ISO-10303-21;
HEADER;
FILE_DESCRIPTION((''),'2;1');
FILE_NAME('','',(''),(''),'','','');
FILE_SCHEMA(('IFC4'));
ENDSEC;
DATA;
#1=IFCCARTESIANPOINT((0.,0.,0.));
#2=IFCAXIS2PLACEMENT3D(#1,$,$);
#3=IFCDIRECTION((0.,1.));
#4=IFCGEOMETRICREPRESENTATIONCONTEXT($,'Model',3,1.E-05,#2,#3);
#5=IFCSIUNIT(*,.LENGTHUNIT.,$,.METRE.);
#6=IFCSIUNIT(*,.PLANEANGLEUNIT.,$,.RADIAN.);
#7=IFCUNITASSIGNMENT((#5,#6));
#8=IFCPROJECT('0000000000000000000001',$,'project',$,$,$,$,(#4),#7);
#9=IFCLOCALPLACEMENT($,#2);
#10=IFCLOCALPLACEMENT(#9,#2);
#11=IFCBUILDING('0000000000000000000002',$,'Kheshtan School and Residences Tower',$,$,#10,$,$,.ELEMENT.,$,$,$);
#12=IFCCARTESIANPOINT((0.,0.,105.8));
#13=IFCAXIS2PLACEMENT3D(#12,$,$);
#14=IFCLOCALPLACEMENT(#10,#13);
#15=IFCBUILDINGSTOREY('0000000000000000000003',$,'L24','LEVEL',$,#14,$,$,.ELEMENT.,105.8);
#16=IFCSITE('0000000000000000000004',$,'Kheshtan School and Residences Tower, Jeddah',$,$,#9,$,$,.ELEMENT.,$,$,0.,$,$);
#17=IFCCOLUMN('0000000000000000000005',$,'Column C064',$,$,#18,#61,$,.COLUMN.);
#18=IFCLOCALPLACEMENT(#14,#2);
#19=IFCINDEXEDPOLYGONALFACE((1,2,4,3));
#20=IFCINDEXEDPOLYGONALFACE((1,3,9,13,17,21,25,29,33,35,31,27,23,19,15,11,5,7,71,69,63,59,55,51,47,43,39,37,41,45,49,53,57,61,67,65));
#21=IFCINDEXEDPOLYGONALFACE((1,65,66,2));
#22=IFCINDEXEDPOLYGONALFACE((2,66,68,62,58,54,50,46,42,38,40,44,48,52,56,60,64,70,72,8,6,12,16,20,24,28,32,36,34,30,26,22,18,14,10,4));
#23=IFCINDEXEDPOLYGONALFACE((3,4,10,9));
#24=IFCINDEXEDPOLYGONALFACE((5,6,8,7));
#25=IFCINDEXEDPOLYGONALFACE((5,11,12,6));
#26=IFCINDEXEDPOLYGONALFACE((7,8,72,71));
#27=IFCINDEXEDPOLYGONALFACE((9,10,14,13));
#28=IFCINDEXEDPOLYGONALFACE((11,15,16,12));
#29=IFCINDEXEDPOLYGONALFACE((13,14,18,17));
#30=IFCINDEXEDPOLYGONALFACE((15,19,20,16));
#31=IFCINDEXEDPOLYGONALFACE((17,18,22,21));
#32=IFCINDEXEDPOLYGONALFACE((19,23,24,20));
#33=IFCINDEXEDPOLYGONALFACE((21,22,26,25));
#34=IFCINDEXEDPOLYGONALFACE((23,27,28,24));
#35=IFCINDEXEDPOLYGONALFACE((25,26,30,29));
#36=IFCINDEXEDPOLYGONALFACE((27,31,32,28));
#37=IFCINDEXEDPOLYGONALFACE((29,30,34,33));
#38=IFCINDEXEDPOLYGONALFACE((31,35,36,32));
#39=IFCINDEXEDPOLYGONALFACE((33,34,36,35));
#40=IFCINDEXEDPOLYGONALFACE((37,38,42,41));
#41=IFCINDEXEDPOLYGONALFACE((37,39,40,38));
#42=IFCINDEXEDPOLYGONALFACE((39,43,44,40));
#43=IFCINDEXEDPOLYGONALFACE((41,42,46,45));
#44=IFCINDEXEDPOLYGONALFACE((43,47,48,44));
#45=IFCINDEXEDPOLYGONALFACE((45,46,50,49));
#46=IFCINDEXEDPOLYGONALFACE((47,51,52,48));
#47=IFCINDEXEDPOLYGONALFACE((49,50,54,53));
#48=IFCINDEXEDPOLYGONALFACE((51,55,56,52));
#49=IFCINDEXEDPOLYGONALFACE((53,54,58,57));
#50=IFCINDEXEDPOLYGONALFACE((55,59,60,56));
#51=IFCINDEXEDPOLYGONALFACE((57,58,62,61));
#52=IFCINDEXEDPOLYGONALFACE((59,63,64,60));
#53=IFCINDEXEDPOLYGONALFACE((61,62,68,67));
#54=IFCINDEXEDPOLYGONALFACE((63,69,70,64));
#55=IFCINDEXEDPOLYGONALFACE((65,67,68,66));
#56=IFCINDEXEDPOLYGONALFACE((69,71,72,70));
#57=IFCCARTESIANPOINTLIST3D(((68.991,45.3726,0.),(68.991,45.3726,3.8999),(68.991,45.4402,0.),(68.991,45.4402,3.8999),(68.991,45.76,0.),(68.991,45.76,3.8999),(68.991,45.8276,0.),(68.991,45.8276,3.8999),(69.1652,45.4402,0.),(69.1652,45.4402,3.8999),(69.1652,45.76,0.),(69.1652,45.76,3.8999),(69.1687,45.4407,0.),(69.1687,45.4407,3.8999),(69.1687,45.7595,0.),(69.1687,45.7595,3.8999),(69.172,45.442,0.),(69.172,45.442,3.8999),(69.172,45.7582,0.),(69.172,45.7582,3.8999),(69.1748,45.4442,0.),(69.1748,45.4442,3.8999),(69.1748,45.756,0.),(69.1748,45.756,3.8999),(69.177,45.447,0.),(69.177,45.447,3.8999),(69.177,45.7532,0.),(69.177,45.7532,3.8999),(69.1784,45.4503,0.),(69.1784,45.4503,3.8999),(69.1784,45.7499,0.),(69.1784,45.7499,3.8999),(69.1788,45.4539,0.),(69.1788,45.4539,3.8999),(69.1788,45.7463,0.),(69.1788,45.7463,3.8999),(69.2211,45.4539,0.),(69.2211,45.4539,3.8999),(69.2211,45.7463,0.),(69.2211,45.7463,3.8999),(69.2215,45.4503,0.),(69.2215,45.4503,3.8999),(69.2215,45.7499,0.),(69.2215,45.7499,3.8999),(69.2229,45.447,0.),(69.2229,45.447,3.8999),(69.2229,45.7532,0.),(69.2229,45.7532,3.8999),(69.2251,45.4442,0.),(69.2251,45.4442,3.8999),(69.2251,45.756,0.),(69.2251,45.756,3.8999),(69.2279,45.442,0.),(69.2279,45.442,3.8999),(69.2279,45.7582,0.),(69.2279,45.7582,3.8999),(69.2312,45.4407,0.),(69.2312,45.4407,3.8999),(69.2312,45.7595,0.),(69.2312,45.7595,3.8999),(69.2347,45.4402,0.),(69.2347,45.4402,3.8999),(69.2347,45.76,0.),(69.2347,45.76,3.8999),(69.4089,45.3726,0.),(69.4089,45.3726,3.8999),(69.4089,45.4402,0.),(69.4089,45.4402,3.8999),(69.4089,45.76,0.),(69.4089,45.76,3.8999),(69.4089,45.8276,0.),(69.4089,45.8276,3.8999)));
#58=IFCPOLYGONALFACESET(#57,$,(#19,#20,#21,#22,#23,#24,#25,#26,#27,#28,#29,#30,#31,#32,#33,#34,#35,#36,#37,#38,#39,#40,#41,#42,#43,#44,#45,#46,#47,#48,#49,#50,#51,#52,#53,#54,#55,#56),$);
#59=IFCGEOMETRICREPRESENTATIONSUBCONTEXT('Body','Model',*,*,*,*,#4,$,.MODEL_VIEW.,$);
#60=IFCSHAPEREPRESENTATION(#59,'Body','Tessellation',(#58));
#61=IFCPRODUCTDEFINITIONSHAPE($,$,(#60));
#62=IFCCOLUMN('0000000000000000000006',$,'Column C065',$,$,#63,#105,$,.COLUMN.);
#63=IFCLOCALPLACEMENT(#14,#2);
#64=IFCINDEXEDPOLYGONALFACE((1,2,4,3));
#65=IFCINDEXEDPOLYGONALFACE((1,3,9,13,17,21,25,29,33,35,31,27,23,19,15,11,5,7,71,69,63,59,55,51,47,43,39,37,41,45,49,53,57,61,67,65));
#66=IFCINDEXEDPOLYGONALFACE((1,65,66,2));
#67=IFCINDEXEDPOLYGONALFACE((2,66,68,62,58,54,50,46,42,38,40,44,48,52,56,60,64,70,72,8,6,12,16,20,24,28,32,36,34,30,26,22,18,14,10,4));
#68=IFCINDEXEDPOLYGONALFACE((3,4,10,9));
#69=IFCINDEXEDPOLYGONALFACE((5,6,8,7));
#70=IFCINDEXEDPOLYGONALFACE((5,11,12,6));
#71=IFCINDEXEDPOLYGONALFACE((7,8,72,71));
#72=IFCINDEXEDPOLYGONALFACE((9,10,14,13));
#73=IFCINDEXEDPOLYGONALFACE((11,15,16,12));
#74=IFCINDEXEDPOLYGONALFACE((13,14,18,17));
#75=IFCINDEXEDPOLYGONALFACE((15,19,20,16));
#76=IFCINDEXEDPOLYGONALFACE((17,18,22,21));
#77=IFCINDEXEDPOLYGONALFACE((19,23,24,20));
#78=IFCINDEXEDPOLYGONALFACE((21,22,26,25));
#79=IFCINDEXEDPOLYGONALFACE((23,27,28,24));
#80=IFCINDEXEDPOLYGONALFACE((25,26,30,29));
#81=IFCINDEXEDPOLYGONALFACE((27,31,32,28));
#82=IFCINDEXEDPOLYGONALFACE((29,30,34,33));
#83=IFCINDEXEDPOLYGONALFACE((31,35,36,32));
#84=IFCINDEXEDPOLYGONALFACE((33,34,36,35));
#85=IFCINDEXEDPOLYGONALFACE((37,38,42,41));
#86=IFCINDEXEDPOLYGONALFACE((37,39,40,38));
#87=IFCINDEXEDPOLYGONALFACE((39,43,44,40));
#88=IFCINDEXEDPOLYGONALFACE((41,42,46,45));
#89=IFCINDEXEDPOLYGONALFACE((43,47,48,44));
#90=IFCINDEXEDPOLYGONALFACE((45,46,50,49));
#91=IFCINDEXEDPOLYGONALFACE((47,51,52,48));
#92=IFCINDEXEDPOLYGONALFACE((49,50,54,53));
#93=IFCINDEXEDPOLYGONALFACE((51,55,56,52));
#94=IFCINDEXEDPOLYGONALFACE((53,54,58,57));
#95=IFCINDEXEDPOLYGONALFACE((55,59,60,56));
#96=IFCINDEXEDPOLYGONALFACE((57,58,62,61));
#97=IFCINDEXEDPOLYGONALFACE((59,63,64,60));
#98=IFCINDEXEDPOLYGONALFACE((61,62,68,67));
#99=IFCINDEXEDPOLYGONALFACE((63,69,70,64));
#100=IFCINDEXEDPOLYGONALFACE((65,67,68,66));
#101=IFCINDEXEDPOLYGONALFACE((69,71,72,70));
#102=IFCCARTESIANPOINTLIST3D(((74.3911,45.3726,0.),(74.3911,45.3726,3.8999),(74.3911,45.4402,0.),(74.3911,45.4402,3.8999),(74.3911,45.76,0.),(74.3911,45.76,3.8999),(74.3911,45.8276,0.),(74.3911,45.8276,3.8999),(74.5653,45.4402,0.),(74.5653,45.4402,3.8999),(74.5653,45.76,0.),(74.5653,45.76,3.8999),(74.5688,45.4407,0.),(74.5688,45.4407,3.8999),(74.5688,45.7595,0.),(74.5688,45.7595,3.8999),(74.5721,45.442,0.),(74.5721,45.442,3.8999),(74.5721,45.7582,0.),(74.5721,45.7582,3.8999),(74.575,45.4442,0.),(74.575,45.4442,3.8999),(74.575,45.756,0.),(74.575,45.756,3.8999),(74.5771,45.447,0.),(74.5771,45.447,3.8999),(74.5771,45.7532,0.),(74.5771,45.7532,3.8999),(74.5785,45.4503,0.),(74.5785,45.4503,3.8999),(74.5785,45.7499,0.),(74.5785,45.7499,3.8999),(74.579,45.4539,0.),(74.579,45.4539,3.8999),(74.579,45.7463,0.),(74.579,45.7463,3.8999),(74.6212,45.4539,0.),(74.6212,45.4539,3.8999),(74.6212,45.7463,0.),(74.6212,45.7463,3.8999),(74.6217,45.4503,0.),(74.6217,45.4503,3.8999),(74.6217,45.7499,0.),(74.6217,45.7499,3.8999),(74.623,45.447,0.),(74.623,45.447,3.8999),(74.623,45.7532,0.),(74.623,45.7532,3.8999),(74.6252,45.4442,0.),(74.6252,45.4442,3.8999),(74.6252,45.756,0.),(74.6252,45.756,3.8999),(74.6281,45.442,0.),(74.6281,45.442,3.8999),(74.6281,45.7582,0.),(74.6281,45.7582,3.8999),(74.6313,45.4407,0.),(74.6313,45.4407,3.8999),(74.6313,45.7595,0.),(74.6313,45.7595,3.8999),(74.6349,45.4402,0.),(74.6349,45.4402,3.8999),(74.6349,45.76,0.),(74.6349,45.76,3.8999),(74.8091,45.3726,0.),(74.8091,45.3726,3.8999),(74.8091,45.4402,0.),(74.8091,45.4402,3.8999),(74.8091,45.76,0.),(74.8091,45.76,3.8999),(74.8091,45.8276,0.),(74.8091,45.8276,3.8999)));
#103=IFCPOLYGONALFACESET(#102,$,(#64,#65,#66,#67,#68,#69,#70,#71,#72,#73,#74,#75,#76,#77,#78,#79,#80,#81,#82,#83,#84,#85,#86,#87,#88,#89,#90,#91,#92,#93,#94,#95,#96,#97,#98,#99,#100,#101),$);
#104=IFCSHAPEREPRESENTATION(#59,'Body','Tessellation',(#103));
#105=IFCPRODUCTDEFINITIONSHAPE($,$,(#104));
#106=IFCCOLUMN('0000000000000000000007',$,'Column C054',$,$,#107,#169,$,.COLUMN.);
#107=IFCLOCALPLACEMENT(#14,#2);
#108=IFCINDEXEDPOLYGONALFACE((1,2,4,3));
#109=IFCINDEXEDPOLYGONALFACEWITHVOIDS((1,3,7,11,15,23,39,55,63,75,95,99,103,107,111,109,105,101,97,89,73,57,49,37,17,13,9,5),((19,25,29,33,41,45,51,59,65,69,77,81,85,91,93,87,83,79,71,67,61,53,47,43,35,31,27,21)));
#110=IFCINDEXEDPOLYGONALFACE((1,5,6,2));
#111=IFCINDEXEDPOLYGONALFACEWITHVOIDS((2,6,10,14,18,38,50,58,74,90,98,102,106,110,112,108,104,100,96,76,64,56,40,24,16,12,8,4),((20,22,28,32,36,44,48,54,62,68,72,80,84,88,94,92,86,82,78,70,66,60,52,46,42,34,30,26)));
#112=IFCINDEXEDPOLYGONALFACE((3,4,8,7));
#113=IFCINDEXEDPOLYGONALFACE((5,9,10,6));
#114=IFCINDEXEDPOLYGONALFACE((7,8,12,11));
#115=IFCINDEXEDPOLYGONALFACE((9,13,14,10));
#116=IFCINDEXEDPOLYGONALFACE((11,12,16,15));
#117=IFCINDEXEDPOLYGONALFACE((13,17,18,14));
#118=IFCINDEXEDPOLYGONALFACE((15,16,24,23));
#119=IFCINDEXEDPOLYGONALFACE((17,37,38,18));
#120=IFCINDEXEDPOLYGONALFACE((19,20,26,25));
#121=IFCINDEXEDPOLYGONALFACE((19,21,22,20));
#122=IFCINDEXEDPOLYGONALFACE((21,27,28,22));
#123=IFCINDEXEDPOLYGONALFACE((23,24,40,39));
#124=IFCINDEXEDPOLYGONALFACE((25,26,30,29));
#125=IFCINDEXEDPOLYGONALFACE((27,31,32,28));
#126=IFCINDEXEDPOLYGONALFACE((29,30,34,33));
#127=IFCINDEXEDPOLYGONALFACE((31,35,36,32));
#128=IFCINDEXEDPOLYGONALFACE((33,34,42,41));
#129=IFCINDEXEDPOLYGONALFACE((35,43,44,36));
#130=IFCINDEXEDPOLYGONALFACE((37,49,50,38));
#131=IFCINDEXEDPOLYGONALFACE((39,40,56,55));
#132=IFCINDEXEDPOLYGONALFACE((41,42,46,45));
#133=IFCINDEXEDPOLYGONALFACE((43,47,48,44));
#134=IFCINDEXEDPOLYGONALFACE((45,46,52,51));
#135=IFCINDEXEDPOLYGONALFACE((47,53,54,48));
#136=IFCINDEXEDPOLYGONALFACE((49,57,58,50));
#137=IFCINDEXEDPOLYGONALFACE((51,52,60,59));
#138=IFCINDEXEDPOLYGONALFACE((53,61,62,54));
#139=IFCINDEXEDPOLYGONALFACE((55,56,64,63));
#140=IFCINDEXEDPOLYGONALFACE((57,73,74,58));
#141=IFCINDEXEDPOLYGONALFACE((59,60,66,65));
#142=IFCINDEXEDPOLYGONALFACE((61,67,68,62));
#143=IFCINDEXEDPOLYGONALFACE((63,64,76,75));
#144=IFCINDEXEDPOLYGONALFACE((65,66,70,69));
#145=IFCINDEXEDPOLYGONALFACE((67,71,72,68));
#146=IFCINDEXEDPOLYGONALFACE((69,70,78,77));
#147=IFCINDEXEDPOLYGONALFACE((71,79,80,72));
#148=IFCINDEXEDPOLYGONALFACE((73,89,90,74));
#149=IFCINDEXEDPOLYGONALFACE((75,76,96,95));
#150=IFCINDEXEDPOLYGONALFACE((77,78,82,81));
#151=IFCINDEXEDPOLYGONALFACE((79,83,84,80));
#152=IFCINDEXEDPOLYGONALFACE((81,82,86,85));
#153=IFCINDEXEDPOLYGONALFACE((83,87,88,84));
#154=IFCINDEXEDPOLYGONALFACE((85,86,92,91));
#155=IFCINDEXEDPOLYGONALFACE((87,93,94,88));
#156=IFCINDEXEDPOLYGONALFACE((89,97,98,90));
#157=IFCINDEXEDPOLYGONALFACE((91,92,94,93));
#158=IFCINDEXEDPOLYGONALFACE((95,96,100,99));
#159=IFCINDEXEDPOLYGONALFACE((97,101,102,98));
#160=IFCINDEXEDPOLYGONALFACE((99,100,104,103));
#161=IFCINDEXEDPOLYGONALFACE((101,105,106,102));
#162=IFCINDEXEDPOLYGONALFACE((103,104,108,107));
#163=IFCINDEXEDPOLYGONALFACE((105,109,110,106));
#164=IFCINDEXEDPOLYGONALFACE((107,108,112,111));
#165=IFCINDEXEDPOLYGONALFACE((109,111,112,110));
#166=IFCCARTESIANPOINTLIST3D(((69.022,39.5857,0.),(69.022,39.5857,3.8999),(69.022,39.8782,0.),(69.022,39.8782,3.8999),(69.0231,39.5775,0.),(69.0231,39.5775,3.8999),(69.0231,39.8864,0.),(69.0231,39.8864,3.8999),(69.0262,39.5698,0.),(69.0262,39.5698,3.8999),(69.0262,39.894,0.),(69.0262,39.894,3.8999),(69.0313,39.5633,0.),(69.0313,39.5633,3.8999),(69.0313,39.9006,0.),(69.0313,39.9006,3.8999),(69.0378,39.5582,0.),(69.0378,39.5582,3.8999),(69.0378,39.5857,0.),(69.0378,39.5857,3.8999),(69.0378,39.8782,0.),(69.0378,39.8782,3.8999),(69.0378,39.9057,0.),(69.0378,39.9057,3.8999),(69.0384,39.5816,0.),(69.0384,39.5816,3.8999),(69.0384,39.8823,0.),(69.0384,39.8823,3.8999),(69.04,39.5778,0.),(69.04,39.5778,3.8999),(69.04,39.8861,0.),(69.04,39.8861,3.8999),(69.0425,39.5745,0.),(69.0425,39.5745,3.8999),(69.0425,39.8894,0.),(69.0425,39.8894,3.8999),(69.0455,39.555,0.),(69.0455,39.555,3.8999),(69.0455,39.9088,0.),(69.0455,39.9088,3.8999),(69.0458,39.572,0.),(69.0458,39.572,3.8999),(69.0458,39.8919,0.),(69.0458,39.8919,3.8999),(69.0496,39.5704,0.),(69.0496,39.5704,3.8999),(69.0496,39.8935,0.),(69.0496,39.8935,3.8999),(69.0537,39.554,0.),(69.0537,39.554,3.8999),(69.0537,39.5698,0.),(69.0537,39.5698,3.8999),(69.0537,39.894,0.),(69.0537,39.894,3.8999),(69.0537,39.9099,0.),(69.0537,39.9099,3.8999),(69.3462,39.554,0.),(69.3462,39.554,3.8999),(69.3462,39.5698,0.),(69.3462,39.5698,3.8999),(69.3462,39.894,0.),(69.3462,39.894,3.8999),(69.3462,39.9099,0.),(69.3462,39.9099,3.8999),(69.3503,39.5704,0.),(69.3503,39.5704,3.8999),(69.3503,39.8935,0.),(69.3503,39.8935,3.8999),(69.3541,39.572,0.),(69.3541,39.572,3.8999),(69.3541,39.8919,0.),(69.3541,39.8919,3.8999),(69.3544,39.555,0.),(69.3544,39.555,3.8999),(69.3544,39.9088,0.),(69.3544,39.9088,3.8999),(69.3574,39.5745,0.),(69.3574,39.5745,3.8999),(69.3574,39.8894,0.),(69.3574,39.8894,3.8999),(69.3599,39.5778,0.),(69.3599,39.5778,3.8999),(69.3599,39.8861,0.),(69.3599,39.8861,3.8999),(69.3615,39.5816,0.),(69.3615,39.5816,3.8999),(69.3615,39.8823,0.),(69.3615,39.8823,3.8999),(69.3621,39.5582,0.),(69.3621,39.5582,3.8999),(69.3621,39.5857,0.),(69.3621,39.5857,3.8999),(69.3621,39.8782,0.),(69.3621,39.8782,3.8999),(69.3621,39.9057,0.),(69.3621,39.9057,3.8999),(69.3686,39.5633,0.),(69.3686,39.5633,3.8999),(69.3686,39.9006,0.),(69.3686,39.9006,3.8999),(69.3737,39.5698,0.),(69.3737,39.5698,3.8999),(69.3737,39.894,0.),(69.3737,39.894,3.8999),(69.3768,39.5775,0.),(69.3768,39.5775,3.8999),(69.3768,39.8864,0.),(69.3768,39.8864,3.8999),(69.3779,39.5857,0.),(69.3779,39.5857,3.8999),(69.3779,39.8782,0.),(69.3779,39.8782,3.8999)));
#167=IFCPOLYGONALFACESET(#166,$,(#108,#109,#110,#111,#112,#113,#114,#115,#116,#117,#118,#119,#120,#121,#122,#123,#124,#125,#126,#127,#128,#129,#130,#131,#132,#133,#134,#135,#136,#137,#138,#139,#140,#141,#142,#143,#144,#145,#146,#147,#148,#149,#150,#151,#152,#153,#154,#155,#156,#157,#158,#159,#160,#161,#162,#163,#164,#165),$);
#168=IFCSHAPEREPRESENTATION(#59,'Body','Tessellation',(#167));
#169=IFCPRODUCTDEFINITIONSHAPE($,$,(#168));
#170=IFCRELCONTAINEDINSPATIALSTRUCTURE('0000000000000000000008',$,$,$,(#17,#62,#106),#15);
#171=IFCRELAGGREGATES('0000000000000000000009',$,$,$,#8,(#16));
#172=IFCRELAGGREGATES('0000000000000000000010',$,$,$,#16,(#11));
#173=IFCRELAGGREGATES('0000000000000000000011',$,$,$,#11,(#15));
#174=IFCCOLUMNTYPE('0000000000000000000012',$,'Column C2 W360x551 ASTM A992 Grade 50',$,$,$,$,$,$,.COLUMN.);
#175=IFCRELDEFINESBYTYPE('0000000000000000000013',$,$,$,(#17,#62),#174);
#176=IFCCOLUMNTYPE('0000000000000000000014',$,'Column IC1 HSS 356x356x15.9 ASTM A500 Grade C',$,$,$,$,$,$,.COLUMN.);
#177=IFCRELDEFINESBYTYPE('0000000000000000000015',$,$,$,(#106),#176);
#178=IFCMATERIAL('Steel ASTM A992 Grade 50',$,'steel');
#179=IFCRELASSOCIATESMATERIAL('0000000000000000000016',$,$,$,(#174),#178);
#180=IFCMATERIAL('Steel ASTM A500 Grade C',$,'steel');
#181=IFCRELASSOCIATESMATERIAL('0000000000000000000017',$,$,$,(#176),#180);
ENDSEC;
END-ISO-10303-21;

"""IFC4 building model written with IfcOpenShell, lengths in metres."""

from ifc_helpers import new_model, si_unit, direction, frame, origin, origin_2d, place, context, subcontext, project, spatial, hollow_rectangle, i_section, extrude, material, material_profile, profile_set, type_object, element, save


model = new_model("IFC4")

# Units and contexts
model_context = context("Model", 3, precision=1e-05, world=origin(), true_north=direction((0.0, 1.0)))
body_context = subcontext(model_context, "Body", "Model", "MODEL_VIEW")
ifc_project = project(units=[si_unit("LENGTHUNIT", "METRE"), si_unit("PLANEANGLEUNIT", "RADIAN")], contexts=[model_context])

# Site, building, storey
site_placement = place(None, origin())
site = spatial("IfcSite", under=ifc_project, at=site_placement, Name="Kheshtan School and Residences Tower, Jeddah", CompositionType="ELEMENT", RefElevation=0.0)
building_placement = place(site_placement, origin())
building = spatial("IfcBuilding", under=site, at=building_placement, Name="Kheshtan School and Residences Tower", CompositionType="ELEMENT")
storey_placement = place(building_placement, frame((0.0, 0.0, 105.8)))
storey = spatial("IfcBuildingStorey", under=building, at=storey_placement, Name="L24", Description="LEVEL", CompositionType="ELEMENT", Elevation=105.8)

# Columns
ifc_material_1 = material(Name="Steel ASTM A992 Grade 50", Category="steel")
ifc_material_profile_1 = material_profile(ifc_material_1, i_section(OverallWidth=0.418, OverallDepth=0.4551, WebThickness=0.0422, FlangeThickness=0.0676, FilletRadius=0.0137, at=origin_2d()), Name="W360x551")
ifc_profile_set_1 = profile_set([ifc_material_profile_1], Name="Steel ASTM A992 Grade 50")
column_type_1 = type_object("IfcColumnType", Name="Column C2 W360x551 ASTM A992 Grade 50", PredefinedType="COLUMN", material=ifc_profile_set_1)
for number, where, z_axis, x_axis, name in (
    (1, (69.2, 45.6001, 0.0), (0.0, 0.0, 1.0), (1.0, 0.0, 0.0), "Column C064"),
    (2, (74.6001, 45.6001, 0.0), (0.0, 0.0, 1.0), (1.0, 0.0, 0.0), "Column C065"),
):
    element("IfcColumn", number, at=place(storey_placement, frame(where, z_axis=z_axis, x_axis=x_axis)), inside=storey, type_object=column_type_1, Name=name, PredefinedType="COLUMN", context=body_context, shape_type="SweptSolid", body=[
        extrude(i_section(OverallWidth=0.418, OverallDepth=0.4551, WebThickness=0.0422, FlangeThickness=0.0676, FilletRadius=0.0137, at=origin_2d()), origin(), (0.0, 0.0, 1.0), 3.8999),
    ])
ifc_material_2 = material(Name="Steel ASTM A500 Grade C", Category="steel")
ifc_material_profile_2 = material_profile(ifc_material_2, hollow_rectangle(XDim=0.356, YDim=0.356, WallThickness=0.0159, InnerFilletRadius=0.0159, OuterFilletRadius=0.0317, at=origin_2d()), Name="HSS 356x356x15.9")
ifc_profile_set_2 = profile_set([ifc_material_profile_2], Name="Steel ASTM A500 Grade C")
column_type_2 = type_object("IfcColumnType", Name="Column IC1 HSS 356x356x15.9 ASTM A500 Grade C", PredefinedType="COLUMN", material=ifc_profile_set_2)
column_placement = place(storey_placement, frame((69.2, 39.7319, 0.0), z_axis=(0.0, 0.0, 1.0), x_axis=(1.0, 0.0, 0.0)))
element("IfcColumn", 3, at=column_placement, inside=storey, type_object=column_type_2, Name="Column C054", PredefinedType="COLUMN", context=body_context, shape_type="SweptSolid", body=[
    extrude(hollow_rectangle(XDim=0.356, YDim=0.356, WallThickness=0.0159, InnerFilletRadius=0.0159, OuterFilletRadius=0.0317, at=origin_2d()), origin(), (0.0, 0.0, 1.0), 3.8999),
])

save(model, "model.ifc")
